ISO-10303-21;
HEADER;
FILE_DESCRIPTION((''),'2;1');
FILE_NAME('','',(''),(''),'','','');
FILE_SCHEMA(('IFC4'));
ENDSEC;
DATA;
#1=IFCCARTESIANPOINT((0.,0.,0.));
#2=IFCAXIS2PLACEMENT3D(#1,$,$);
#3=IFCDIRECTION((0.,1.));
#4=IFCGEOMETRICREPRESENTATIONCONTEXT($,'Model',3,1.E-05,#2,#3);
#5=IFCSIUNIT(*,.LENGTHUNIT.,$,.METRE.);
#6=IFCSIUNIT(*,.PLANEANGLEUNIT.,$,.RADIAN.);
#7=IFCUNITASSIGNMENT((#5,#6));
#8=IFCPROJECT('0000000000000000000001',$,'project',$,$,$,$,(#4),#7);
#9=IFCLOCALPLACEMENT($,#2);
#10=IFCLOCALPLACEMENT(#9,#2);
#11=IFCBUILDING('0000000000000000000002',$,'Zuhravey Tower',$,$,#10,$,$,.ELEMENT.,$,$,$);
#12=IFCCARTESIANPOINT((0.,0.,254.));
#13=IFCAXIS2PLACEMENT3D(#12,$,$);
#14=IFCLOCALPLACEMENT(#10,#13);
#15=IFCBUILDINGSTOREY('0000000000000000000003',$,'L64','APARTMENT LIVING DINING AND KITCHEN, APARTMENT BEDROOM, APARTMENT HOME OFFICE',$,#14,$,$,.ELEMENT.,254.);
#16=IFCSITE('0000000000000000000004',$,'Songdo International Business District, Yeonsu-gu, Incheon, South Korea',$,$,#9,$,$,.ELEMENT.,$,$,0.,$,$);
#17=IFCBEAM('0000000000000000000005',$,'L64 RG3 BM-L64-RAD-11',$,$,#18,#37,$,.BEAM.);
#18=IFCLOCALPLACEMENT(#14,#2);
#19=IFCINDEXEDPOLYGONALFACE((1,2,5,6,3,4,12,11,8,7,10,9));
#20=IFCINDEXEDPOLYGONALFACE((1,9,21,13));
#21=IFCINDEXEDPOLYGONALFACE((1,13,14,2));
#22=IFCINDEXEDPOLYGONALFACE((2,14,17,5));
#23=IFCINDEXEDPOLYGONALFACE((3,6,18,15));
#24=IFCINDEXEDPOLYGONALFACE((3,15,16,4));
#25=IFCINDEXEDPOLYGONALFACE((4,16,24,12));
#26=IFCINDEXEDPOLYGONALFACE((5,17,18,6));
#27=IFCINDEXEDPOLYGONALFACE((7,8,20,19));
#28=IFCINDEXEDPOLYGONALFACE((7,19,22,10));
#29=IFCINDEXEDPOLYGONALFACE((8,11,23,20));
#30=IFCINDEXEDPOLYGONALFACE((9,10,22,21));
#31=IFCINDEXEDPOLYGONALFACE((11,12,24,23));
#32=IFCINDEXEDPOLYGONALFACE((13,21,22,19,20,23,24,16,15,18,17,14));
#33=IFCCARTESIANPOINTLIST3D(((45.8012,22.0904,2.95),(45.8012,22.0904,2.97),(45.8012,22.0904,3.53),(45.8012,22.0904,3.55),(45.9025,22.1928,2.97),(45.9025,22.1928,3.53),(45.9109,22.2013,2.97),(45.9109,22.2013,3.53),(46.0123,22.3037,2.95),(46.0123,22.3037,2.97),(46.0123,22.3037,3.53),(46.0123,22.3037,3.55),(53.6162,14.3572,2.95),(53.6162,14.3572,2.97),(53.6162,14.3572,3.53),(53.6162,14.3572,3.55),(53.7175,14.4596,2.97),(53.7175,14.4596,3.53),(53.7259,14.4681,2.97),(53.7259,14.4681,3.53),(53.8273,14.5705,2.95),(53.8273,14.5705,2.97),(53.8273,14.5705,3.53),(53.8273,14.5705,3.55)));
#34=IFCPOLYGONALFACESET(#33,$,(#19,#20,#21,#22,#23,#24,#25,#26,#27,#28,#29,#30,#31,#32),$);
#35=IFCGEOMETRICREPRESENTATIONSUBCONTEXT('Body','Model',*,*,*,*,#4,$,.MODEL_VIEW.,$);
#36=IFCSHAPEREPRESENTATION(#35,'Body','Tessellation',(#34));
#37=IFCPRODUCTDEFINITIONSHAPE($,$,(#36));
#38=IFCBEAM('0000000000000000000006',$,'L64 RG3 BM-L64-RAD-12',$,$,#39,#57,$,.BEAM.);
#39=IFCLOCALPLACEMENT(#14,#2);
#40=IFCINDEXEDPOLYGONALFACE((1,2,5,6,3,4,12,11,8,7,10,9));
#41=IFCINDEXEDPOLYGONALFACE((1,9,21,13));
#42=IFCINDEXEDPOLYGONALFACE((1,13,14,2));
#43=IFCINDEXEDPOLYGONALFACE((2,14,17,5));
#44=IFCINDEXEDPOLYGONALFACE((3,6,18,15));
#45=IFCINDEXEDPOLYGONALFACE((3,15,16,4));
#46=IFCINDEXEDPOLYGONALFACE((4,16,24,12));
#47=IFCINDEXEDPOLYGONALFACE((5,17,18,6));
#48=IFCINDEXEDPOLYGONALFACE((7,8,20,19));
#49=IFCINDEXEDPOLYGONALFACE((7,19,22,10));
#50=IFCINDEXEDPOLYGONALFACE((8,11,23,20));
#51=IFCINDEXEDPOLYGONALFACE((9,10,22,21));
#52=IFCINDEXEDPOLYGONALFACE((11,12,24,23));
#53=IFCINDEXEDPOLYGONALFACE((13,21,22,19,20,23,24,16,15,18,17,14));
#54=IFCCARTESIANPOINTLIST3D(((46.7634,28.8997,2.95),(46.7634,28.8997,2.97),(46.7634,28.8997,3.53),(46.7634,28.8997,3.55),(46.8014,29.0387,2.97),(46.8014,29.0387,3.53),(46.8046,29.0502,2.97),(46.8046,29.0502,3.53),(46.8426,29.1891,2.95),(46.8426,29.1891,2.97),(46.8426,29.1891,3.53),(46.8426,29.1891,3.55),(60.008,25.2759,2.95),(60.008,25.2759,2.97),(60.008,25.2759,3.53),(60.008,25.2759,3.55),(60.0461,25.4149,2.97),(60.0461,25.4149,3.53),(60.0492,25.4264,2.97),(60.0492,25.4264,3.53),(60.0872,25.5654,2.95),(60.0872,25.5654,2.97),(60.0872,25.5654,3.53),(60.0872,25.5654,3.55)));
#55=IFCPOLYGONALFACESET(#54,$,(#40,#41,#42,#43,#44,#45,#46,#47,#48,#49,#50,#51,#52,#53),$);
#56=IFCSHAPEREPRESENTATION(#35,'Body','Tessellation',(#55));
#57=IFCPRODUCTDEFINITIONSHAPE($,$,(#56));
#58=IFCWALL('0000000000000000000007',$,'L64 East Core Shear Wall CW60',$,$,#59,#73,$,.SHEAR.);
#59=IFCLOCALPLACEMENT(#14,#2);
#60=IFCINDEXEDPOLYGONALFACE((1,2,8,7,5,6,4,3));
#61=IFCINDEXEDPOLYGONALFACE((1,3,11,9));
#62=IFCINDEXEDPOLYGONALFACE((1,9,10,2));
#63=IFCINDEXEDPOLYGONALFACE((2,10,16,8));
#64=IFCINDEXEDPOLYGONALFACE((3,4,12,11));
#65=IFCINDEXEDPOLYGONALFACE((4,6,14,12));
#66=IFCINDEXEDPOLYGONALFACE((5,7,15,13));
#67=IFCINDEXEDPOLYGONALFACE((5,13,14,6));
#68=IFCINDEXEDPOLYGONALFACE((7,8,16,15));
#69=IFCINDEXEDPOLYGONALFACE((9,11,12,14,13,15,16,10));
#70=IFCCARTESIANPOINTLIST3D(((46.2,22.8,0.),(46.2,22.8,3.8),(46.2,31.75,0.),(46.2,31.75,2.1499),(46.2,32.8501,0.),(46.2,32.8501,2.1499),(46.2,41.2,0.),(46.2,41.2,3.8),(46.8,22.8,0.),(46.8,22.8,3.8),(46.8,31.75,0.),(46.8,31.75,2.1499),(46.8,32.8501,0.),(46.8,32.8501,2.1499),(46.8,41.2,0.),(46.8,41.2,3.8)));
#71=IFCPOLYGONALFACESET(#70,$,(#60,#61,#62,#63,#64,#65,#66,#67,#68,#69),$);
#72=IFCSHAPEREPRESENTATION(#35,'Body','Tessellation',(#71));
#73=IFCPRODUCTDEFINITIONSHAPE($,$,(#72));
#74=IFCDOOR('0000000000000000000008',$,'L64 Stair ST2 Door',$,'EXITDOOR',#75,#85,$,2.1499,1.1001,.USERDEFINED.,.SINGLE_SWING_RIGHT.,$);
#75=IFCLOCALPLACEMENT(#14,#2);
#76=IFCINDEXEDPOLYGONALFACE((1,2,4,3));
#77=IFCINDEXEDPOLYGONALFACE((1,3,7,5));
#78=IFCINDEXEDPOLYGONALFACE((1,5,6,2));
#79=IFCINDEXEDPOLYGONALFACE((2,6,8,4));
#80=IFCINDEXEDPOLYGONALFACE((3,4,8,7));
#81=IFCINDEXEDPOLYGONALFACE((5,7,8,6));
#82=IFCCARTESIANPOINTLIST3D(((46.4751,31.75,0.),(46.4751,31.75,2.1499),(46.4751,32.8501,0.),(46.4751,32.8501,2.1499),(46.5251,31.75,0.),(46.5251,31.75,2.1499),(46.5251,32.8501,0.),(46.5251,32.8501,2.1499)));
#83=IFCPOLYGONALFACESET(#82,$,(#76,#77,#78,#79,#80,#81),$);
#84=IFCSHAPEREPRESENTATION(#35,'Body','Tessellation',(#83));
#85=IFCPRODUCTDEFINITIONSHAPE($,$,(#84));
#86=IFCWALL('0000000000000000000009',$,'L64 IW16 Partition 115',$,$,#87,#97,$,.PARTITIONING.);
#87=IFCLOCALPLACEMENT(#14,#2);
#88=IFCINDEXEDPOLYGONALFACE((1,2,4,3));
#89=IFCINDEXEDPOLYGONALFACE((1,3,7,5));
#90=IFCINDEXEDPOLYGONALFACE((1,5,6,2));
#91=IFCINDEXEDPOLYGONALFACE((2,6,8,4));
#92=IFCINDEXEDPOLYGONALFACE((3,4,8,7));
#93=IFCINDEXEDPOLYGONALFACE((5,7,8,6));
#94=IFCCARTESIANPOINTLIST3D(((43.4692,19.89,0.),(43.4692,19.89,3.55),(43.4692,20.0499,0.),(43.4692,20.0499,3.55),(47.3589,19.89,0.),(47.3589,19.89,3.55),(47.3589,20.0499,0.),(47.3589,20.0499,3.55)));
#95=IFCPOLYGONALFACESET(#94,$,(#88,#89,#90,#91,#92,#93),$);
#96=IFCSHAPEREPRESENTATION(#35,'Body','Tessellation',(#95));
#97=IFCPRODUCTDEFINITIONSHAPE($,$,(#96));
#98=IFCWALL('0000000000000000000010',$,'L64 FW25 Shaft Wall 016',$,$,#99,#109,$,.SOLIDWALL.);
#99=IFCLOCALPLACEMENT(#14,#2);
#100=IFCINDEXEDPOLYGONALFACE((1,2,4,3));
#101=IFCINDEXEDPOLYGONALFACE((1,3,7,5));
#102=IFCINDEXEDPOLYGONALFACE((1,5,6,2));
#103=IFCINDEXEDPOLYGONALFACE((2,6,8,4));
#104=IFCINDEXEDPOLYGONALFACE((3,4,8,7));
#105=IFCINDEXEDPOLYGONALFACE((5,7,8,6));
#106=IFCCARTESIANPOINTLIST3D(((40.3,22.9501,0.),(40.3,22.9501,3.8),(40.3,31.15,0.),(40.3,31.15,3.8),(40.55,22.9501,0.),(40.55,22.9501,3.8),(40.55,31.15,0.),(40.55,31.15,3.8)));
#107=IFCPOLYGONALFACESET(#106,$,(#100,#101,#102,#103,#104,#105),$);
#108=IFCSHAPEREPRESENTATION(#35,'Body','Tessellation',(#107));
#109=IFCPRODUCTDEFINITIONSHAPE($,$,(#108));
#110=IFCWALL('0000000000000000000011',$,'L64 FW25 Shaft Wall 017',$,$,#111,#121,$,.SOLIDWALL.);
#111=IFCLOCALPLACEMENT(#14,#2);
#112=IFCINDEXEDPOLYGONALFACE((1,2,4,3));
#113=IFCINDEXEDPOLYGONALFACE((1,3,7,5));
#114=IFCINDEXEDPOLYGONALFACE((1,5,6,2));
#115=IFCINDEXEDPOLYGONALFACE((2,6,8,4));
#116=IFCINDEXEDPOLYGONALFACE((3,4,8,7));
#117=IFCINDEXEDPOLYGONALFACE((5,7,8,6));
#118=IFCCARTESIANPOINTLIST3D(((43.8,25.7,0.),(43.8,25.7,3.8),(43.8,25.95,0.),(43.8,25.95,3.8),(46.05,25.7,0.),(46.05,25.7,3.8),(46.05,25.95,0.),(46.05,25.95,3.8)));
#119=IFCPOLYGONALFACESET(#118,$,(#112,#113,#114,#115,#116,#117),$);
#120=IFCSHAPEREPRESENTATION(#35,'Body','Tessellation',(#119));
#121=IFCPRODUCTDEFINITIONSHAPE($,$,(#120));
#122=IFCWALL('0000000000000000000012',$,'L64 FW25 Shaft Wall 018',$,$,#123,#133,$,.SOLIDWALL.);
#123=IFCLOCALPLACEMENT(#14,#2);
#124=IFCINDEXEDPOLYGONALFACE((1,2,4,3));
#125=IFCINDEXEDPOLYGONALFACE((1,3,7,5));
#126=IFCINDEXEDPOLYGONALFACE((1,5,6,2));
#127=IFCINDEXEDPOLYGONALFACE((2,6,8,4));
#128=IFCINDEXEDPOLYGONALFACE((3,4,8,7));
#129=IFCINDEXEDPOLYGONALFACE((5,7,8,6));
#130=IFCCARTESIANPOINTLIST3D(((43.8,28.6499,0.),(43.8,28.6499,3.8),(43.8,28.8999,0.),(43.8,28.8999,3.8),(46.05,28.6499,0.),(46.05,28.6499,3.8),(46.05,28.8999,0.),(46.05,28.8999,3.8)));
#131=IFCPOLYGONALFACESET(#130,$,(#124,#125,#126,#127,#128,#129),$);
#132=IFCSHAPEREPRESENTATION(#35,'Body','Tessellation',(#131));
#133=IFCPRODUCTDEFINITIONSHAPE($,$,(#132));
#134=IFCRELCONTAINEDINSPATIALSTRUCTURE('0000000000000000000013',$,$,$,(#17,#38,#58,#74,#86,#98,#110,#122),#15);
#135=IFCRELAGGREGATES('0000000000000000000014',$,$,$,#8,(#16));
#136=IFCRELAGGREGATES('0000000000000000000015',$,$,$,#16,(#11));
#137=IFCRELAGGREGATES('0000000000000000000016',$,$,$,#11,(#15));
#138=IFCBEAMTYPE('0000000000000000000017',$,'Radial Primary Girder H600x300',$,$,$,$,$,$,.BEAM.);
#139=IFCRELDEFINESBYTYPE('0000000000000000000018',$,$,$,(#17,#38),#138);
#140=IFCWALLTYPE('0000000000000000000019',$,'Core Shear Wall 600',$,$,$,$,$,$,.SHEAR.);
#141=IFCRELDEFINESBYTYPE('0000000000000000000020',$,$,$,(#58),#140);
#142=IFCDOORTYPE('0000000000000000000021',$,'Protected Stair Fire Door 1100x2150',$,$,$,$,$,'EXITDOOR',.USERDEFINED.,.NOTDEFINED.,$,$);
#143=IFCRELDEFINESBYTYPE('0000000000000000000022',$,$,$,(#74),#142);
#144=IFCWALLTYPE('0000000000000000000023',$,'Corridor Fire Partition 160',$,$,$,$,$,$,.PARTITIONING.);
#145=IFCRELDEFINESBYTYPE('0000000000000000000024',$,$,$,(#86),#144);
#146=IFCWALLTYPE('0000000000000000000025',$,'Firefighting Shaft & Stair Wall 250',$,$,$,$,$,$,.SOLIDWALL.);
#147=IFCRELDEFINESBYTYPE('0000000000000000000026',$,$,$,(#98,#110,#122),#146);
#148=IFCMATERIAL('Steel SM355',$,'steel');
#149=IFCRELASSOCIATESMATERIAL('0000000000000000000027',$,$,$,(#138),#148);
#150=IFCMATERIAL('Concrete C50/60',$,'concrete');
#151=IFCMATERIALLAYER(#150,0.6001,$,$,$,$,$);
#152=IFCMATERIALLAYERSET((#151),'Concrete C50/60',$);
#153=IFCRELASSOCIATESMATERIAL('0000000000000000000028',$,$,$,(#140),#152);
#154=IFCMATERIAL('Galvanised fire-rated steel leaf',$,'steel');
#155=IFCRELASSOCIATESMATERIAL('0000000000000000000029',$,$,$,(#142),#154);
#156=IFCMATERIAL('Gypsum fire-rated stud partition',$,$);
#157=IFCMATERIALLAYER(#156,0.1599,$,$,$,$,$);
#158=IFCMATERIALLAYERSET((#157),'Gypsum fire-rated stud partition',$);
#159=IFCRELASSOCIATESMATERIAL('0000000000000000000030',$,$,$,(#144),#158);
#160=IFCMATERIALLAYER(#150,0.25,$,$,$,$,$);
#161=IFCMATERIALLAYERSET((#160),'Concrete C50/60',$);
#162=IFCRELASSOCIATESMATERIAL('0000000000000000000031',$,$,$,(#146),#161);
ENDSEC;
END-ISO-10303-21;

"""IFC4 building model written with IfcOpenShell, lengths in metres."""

from ifc_helpers import new_model, si_unit, direction, frame, frame_2d, origin, origin_2d, place, context, subcontext, project, spatial, rectangle, i_section, extrude, material, layer, layer_set, material_profile, profile_set, type_object, element, fill, save


model = new_model("IFC4")

# Units and contexts
model_context = context("Model", 3, precision=1e-05, world=origin(), true_north=direction((0.0, 1.0)))
body_context = subcontext(model_context, "Body", "Model", "MODEL_VIEW")
ifc_project = project(units=[si_unit("LENGTHUNIT", "METRE"), si_unit("PLANEANGLEUNIT", "RADIAN")], contexts=[model_context])

# Site, building, storey
site_placement = place(None, origin())
site = spatial("IfcSite", under=ifc_project, at=site_placement, Name="Songdo International Business District, Yeonsu-gu, Incheon, South Korea", CompositionType="ELEMENT", RefElevation=0.0)
building_placement = place(site_placement, origin())
building = spatial("IfcBuilding", under=site, at=building_placement, Name="Zuhravey Tower", CompositionType="ELEMENT")
storey_placement = place(building_placement, frame((0.0, 0.0, 254.0)))
storey = spatial("IfcBuildingStorey", under=building, at=storey_placement, Name="L64", Description="APARTMENT LIVING DINING AND KITCHEN, APARTMENT BEDROOM, APARTMENT HOME OFFICE", CompositionType="ELEMENT", Elevation=254.0)

# Beams
ifc_material_1 = material(Name="Steel SM355", Category="steel")
ifc_material_profile = material_profile(ifc_material_1, i_section(OverallWidth=0.3, OverallDepth=0.6001, WebThickness=0.012, FlangeThickness=0.02, at=origin_2d()), Name="H-600x300x12x20")
ifc_profile_set = profile_set([ifc_material_profile], Name="Steel SM355")
beam_type = type_object("IfcBeamType", Name="Radial Primary Girder H600x300", PredefinedType="BEAM", material=ifc_profile_set)
beam_1_placement = place(storey_placement, frame((45.9067, 22.197, 3.25), z_axis=(0.710817, -0.703377, 0.0), x_axis=(0.703377, 0.710817, 0.0)))
element("IfcBeam", 1, at=beam_1_placement, inside=storey, type_object=beam_type, Name="L64 RG3 BM-L64-RAD-11", PredefinedType="BEAM", context=body_context, shape_type="SweptSolid", body=[
    extrude(i_section(OverallWidth=0.3, OverallDepth=0.6001, WebThickness=0.012, FlangeThickness=0.02, at=origin_2d()), origin(), (0.0, 0.0, 1.0), 10.9944),
])
beam_2_placement = place(storey_placement, frame((46.803, 29.0444, 3.25), z_axis=(0.964549, -0.263904, 0.0), x_axis=(0.263904, 0.964549, 0.0)))
element("IfcBeam", 2, at=beam_2_placement, inside=storey, type_object=beam_type, Name="L64 RG3 BM-L64-RAD-12", PredefinedType="BEAM", context=body_context, shape_type="SweptSolid", body=[
    extrude(i_section(OverallWidth=0.3, OverallDepth=0.6001, WebThickness=0.012, FlangeThickness=0.02, at=origin_2d()), origin(), (0.0, 0.0, 1.0), 13.7314),
])

# Wall, opening, door
ifc_material_2 = material(Name="Concrete C50/60", Category="concrete")
ifc_layer_1 = layer(ifc_material_2, 0.6001)
ifc_layer_set_1 = layer_set([ifc_layer_1], Name="Concrete C50/60")
wall_type_1 = type_object("IfcWallType", Name="Core Shear Wall 600", PredefinedType="SHEAR", material=ifc_layer_set_1)
wall_1_placement = place(storey_placement, frame((46.5, 22.8, 0.0), z_axis=(0.0, 0.0, 1.0), x_axis=(0.0, 1.0, 0.0)))
wall_1 = element("IfcWall", 3, at=wall_1_placement, inside=storey, type_object=wall_type_1, Name="L64 East Core Shear Wall CW60", PredefinedType="SHEAR", context=body_context, shape_type="SweptSolid", body=[
    extrude(rectangle(XDim=18.3999, YDim=0.6001, at=frame_2d((9.2, 0.0))), origin(), (0.0, 0.0, 1.0), 3.8),
])
opening_1_placement = place(wall_1_placement, frame((8.95, 0.0, 0.0)))
opening_1 = element("IfcOpeningElement", 4, at=opening_1_placement, cuts=wall_1, PredefinedType="OPENING", context=body_context, shape_type="SweptSolid", body=[
    extrude(rectangle(XDim=1.1001, YDim=2.1499, at=frame_2d((0.55, 1.075))), frame((0.0, 0.312, 0.0), z_axis=(0.0, -1.0, 0.0), x_axis=(1.0, 0.0, 0.0)), (0.0, 0.0, 1.0), 0.624),
])
ifc_material_3 = material(Name="Galvanised fire-rated steel leaf", Category="steel")
door_type_1 = type_object("IfcDoorType", Name="Protected Stair Fire Door 1100x2150", ElementType="EXITDOOR", OperationType="NOTDEFINED", PredefinedType="USERDEFINED", material=ifc_material_3)
door_1_placement = place(opening_1_placement, origin())
door_1 = element("IfcDoor", 5, at=door_1_placement, inside=storey, type_object=door_type_1, Name="L64 Stair ST2 Door", ObjectType="EXITDOOR", OperationType="SINGLE_SWING_RIGHT", OverallHeight=2.1499, OverallWidth=1.1001, PredefinedType="USERDEFINED", context=body_context, shape_type="SweptSolid", body=[
    extrude(rectangle(XDim=1.1001, YDim=2.1499, at=frame_2d((0.55, 1.075))), frame((0.0, 0.0249, 0.0), z_axis=(0.0, -1.0, 0.0), x_axis=(1.0, 0.0, 0.0)), (0.0, 0.0, 1.0), 0.05),
])
fill(opening_1, door_1)
ifc_material_4 = material(Name="Gypsum fire-rated stud partition")
ifc_layer_2 = layer(ifc_material_4, 0.1599)
ifc_layer_set_2 = layer_set([ifc_layer_2], Name="Gypsum fire-rated stud partition")
wall_type_2 = type_object("IfcWallType", Name="Corridor Fire Partition 160", PredefinedType="PARTITIONING", material=ifc_layer_set_2)

# Walls
wall_2_placement = place(storey_placement, frame((43.4692, 19.97, 0.0), z_axis=(0.0, 0.0, 1.0), x_axis=(1.0, 0.0, 0.0)))
element("IfcWall", 6, at=wall_2_placement, inside=storey, type_object=wall_type_2, Name="L64 IW16 Partition 115", PredefinedType="PARTITIONING", context=body_context, shape_type="SweptSolid", body=[
    extrude(rectangle(XDim=3.8896, YDim=0.1599, at=frame_2d((1.9448, 0.0))), origin(), (0.0, 0.0, 1.0), 3.55),
])
ifc_layer_3 = layer(ifc_material_2, 0.25)
ifc_layer_set_3 = layer_set([ifc_layer_3], Name="Concrete C50/60")
wall_type_3 = type_object("IfcWallType", Name="Firefighting Shaft & Stair Wall 250", PredefinedType="SOLIDWALL", material=ifc_layer_set_3)
wall_3_placement = place(storey_placement, frame((40.425, 22.95, 0.0), z_axis=(0.0, 0.0, 1.0), x_axis=(0.0, 1.0, 0.0)))
element("IfcWall", 7, at=wall_3_placement, inside=storey, type_object=wall_type_3, Name="L64 FW25 Shaft Wall 016", PredefinedType="SOLIDWALL", context=body_context, shape_type="SweptSolid", body=[
    extrude(rectangle(XDim=8.2, YDim=0.25, at=frame_2d((4.1001, 0.0))), origin(), (0.0, 0.0, 1.0), 3.8),
])
for number, where, z_axis, x_axis, name in (
    (8, (43.8, 25.825, 0.0), (0.0, 0.0, 1.0), (1.0, 0.0, 0.0), "L64 FW25 Shaft Wall 017"),
    (9, (43.8, 28.7749, 0.0), (0.0, 0.0, 1.0), (1.0, 0.0, 0.0), "L64 FW25 Shaft Wall 018"),
):
    element("IfcWall", number, at=place(storey_placement, frame(where, z_axis=z_axis, x_axis=x_axis)), inside=storey, type_object=wall_type_3, Name=name, PredefinedType="SOLIDWALL", context=body_context, shape_type="SweptSolid", body=[
        extrude(rectangle(XDim=2.25, YDim=0.25, at=frame_2d((1.125, 0.0))), origin(), (0.0, 0.0, 1.0), 3.8),
    ])

save(model, "model.ifc")
